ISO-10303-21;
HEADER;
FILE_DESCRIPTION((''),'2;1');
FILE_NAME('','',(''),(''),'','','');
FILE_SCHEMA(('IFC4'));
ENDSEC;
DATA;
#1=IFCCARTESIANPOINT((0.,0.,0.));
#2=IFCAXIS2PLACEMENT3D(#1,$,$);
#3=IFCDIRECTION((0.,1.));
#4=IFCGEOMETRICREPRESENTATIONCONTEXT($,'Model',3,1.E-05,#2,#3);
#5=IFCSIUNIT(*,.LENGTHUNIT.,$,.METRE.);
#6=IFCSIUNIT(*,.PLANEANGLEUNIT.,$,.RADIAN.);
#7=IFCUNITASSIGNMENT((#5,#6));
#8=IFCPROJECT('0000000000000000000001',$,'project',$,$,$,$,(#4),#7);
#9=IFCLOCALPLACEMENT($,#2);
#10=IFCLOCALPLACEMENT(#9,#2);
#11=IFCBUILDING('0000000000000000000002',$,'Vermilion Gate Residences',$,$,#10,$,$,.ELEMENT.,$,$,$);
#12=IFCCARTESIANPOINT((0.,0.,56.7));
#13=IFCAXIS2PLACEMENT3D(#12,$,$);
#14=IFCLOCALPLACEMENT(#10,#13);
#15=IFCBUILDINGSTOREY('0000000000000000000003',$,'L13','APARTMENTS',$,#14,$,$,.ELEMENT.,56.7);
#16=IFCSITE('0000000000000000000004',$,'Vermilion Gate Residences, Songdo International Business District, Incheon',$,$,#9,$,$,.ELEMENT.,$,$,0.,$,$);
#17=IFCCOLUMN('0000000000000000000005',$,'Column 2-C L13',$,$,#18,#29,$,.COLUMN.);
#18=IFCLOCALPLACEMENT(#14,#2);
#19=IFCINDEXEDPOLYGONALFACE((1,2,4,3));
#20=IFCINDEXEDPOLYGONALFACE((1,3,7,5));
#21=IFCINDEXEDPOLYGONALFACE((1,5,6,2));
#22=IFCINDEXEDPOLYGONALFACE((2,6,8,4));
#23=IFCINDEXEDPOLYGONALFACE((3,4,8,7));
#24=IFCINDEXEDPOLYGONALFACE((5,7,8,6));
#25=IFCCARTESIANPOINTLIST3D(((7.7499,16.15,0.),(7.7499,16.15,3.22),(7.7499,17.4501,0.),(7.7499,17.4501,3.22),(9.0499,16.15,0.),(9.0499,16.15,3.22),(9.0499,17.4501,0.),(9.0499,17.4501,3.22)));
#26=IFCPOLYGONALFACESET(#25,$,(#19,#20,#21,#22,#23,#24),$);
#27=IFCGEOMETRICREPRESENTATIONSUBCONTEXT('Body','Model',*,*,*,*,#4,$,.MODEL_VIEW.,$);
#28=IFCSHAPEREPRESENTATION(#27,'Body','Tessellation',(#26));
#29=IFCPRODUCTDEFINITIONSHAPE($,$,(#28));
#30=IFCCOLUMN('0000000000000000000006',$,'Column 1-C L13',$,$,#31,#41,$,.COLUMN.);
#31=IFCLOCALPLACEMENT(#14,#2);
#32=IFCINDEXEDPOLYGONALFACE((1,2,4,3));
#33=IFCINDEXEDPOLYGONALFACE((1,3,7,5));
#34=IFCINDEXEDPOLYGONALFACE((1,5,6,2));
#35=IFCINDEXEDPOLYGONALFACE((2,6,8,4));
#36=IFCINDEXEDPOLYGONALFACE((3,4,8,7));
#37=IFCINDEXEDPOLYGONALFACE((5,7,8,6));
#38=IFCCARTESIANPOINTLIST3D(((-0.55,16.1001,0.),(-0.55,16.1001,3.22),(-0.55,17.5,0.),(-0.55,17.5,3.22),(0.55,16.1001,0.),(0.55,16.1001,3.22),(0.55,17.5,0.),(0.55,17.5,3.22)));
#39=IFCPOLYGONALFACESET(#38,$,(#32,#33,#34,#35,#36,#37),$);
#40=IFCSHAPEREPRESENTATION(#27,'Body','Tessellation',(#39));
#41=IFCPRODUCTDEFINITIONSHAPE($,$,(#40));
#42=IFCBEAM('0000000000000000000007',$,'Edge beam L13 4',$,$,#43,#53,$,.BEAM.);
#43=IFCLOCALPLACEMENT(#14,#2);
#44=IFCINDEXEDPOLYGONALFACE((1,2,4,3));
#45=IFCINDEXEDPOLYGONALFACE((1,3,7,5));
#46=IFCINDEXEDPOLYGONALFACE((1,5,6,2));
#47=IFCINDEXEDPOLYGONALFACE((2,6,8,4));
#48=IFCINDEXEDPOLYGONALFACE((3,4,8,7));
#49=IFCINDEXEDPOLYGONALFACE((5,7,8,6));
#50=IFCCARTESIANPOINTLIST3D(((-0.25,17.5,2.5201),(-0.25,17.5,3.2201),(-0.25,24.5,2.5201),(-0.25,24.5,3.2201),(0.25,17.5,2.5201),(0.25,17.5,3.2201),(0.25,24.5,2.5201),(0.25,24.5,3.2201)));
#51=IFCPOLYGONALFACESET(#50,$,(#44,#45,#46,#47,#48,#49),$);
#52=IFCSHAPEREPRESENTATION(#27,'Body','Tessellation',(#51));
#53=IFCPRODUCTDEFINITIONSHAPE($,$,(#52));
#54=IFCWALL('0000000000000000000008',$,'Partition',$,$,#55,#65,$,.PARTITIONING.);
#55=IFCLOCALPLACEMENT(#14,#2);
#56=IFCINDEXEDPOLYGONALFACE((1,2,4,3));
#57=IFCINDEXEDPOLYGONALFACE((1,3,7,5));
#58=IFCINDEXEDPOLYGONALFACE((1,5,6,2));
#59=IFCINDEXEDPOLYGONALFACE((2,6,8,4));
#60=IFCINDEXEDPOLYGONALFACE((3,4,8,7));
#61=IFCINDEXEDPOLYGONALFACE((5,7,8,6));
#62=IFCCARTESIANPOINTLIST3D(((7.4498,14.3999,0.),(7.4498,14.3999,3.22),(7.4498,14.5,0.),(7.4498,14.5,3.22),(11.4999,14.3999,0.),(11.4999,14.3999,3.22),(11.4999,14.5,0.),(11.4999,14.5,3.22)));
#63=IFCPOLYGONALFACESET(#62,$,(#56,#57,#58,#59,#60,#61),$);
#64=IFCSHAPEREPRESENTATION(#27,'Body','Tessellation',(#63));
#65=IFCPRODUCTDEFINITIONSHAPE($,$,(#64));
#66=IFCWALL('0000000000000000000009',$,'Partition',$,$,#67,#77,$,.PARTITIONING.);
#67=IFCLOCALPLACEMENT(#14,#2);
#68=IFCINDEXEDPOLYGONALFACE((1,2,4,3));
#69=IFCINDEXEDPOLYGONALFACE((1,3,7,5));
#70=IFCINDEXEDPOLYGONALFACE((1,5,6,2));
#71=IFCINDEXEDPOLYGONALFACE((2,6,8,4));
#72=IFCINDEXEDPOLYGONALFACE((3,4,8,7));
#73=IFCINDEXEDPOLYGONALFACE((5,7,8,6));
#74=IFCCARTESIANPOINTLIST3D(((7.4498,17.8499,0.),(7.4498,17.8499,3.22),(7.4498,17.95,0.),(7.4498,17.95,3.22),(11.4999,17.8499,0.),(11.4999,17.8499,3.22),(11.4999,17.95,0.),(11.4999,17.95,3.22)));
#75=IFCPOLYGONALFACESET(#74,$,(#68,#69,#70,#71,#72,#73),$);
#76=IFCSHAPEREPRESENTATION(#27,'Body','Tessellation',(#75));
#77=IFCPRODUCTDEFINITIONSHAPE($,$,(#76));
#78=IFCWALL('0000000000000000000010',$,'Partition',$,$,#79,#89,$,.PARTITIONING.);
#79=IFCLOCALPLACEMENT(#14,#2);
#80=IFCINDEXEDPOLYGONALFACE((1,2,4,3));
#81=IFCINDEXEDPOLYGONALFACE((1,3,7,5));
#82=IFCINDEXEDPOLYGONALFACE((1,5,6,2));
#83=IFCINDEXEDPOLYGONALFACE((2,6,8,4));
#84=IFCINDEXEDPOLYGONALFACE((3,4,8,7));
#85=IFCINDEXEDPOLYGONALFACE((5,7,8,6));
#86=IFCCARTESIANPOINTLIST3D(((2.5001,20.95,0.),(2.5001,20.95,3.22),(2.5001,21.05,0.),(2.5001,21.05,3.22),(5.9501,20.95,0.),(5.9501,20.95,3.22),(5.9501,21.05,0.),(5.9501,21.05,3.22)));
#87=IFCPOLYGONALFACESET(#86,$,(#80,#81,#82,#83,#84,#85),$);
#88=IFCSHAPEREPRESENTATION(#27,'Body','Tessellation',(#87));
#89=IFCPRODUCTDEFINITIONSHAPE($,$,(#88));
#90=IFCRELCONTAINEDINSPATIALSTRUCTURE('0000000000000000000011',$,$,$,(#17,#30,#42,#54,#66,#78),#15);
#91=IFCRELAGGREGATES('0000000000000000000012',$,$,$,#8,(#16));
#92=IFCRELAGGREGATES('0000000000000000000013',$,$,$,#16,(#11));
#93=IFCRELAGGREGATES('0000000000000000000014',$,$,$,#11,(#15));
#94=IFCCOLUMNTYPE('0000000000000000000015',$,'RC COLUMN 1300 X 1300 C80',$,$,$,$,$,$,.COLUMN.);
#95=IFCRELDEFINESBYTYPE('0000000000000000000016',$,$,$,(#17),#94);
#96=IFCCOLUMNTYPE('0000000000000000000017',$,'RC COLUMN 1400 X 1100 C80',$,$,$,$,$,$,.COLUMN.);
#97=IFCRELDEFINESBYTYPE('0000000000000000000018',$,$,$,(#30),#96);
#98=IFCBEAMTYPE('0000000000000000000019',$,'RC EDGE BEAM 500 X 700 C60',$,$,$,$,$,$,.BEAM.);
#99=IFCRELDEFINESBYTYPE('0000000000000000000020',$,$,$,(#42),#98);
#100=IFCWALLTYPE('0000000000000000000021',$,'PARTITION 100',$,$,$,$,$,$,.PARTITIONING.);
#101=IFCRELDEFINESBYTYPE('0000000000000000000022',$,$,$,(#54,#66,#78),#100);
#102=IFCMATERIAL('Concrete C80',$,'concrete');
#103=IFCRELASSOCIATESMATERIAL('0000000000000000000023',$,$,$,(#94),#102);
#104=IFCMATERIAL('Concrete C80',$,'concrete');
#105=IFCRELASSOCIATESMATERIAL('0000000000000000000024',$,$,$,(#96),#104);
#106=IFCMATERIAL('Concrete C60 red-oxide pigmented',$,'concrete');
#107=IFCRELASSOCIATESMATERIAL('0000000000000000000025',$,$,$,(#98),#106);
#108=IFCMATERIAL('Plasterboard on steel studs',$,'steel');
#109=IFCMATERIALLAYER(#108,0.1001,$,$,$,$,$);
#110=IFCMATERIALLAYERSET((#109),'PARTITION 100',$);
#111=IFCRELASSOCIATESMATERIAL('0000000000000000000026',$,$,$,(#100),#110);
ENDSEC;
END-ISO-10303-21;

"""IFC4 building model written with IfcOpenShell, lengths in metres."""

from ifc_helpers import new_model, si_unit, direction, frame, frame_2d, origin, origin_2d, place, context, subcontext, project, spatial, rectangle, extrude, material, layer, layer_set, material_profile, profile_set, type_object, element, save


model = new_model("IFC4")

# Units and contexts
model_context = context("Model", 3, precision=1e-05, world=origin(), true_north=direction((0.0, 1.0)))
body_context = subcontext(model_context, "Body", "Model", "MODEL_VIEW")
ifc_project = project(units=[si_unit("LENGTHUNIT", "METRE"), si_unit("PLANEANGLEUNIT", "RADIAN")], contexts=[model_context])

# Site, building, storey
site_placement = place(None, origin())
site = spatial("IfcSite", under=ifc_project, at=site_placement, Name="Vermilion Gate Residences, Songdo International Business District, Incheon", CompositionType="ELEMENT", RefElevation=0.0)
building_placement = place(site_placement, origin())
building = spatial("IfcBuilding", under=site, at=building_placement, Name="Vermilion Gate Residences", CompositionType="ELEMENT")
storey_placement = place(building_placement, frame((0.0, 0.0, 56.7)))
storey = spatial("IfcBuildingStorey", under=building, at=storey_placement, Name="L13", Description="APARTMENTS", CompositionType="ELEMENT", Elevation=56.7)

# Columns
ifc_material_1 = material(Name="Concrete C80", Category="concrete")
ifc_material_profile_1 = material_profile(ifc_material_1, rectangle(XDim=1.3, YDim=1.3, at=origin_2d()), Name="RC-1300x1300")
ifc_profile_set_1 = profile_set([ifc_material_profile_1], Name="Concrete C80")
column_type_1 = type_object("IfcColumnType", Name="RC COLUMN 1300 X 1300 C80", PredefinedType="COLUMN", material=ifc_profile_set_1)
column_1_placement = place(storey_placement, frame((8.3999, 16.8, 0.0), z_axis=(0.0, 0.0, 1.0), x_axis=(1.0, 0.0, 0.0)))
element("IfcColumn", 1, at=column_1_placement, inside=storey, type_object=column_type_1, Name="Column 2-C L13", PredefinedType="COLUMN", context=body_context, shape_type="SweptSolid", body=[
    extrude(rectangle(XDim=1.3, YDim=1.3, at=origin_2d()), origin(), (0.0, 0.0, 1.0), 3.22),
])
ifc_material_2 = material(Name="Concrete C80", Category="concrete")
ifc_material_profile_2 = material_profile(ifc_material_2, rectangle(XDim=1.3999, YDim=1.1001, at=origin_2d()), Name="RC-1400x1100")
ifc_profile_set_2 = profile_set([ifc_material_profile_2], Name="Concrete C80")
column_type_2 = type_object("IfcColumnType", Name="RC COLUMN 1400 X 1100 C80", PredefinedType="COLUMN", material=ifc_profile_set_2)
column_2_placement = place(storey_placement, frame((0.0, 16.8, 0.0), z_axis=(0.0, 0.0, 1.0), x_axis=(0.0, 1.0, 0.0)))
element("IfcColumn", 2, at=column_2_placement, inside=storey, type_object=column_type_2, Name="Column 1-C L13", PredefinedType="COLUMN", context=body_context, shape_type="SweptSolid", body=[
    extrude(rectangle(XDim=1.3999, YDim=1.1001, at=origin_2d()), origin(), (0.0, 0.0, 1.0), 3.22),
])

# Beam
ifc_material_3 = material(Name="Concrete C60 red-oxide pigmented", Category="concrete")
ifc_material_profile_3 = material_profile(ifc_material_3, rectangle(XDim=0.5, YDim=0.7, at=origin_2d()), Name="RC-500x700")
ifc_profile_set_3 = profile_set([ifc_material_profile_3], Name="Concrete C60 red-oxide pigmented")
beam_type = type_object("IfcBeamType", Name="RC EDGE BEAM 500 X 700 C60", PredefinedType="BEAM", material=ifc_profile_set_3)
beam_placement = place(storey_placement, frame((0.0, 17.5, 2.8701), z_axis=(0.0, 1.0, 0.0), x_axis=(-1.0, 0.0, 0.0)))
element("IfcBeam", 3, at=beam_placement, inside=storey, type_object=beam_type, Name="Edge beam L13 4", PredefinedType="BEAM", context=body_context, shape_type="SweptSolid", body=[
    extrude(rectangle(XDim=0.5, YDim=0.7, at=origin_2d()), origin(), (0.0, 0.0, 1.0), 7.0),
])

# Walls
ifc_material_4 = material(Name="Plasterboard on steel studs", Category="steel")
ifc_layer_1 = layer(ifc_material_4, 0.1001)
ifc_layer_set_1 = layer_set([ifc_layer_1], Name="PARTITION 100")
wall_type_1 = type_object("IfcWallType", Name="PARTITION 100", PredefinedType="PARTITIONING", material=ifc_layer_set_1)
for number, where, z_axis, x_axis, name in (
    (4, (7.45, 14.45, 0.0), (0.0, 0.0, 1.0), (1.0, 0.0, 0.0), "Partition"),
    (5, (7.45, 17.8999, 0.0), (0.0, 0.0, 1.0), (1.0, 0.0, 0.0), "Partition"),
):
    element("IfcWall", number, at=place(storey_placement, frame(where, z_axis=z_axis, x_axis=x_axis)), inside=storey, type_object=wall_type_1, Name=name, PredefinedType="PARTITIONING", context=body_context, shape_type="SweptSolid", body=[
        extrude(rectangle(XDim=4.05, YDim=0.1001, at=frame_2d((2.0249, 0.0))), origin(), (0.0, 0.0, 1.0), 3.22),
    ])
wall_1_placement = place(storey_placement, frame((2.5, 21.0, 0.0), z_axis=(0.0, 0.0, 1.0), x_axis=(1.0, 0.0, 0.0)))
element("IfcWall", 6, at=wall_1_placement, inside=storey, type_object=wall_type_1, Name="Partition", PredefinedType="PARTITIONING", context=body_context, shape_type="SweptSolid", body=[
    extrude(rectangle(XDim=3.45, YDim=0.1001, at=frame_2d((1.7251, 0.0))), origin(), (0.0, 0.0, 1.0), 3.22),
])

save(model, "model.ifc")
